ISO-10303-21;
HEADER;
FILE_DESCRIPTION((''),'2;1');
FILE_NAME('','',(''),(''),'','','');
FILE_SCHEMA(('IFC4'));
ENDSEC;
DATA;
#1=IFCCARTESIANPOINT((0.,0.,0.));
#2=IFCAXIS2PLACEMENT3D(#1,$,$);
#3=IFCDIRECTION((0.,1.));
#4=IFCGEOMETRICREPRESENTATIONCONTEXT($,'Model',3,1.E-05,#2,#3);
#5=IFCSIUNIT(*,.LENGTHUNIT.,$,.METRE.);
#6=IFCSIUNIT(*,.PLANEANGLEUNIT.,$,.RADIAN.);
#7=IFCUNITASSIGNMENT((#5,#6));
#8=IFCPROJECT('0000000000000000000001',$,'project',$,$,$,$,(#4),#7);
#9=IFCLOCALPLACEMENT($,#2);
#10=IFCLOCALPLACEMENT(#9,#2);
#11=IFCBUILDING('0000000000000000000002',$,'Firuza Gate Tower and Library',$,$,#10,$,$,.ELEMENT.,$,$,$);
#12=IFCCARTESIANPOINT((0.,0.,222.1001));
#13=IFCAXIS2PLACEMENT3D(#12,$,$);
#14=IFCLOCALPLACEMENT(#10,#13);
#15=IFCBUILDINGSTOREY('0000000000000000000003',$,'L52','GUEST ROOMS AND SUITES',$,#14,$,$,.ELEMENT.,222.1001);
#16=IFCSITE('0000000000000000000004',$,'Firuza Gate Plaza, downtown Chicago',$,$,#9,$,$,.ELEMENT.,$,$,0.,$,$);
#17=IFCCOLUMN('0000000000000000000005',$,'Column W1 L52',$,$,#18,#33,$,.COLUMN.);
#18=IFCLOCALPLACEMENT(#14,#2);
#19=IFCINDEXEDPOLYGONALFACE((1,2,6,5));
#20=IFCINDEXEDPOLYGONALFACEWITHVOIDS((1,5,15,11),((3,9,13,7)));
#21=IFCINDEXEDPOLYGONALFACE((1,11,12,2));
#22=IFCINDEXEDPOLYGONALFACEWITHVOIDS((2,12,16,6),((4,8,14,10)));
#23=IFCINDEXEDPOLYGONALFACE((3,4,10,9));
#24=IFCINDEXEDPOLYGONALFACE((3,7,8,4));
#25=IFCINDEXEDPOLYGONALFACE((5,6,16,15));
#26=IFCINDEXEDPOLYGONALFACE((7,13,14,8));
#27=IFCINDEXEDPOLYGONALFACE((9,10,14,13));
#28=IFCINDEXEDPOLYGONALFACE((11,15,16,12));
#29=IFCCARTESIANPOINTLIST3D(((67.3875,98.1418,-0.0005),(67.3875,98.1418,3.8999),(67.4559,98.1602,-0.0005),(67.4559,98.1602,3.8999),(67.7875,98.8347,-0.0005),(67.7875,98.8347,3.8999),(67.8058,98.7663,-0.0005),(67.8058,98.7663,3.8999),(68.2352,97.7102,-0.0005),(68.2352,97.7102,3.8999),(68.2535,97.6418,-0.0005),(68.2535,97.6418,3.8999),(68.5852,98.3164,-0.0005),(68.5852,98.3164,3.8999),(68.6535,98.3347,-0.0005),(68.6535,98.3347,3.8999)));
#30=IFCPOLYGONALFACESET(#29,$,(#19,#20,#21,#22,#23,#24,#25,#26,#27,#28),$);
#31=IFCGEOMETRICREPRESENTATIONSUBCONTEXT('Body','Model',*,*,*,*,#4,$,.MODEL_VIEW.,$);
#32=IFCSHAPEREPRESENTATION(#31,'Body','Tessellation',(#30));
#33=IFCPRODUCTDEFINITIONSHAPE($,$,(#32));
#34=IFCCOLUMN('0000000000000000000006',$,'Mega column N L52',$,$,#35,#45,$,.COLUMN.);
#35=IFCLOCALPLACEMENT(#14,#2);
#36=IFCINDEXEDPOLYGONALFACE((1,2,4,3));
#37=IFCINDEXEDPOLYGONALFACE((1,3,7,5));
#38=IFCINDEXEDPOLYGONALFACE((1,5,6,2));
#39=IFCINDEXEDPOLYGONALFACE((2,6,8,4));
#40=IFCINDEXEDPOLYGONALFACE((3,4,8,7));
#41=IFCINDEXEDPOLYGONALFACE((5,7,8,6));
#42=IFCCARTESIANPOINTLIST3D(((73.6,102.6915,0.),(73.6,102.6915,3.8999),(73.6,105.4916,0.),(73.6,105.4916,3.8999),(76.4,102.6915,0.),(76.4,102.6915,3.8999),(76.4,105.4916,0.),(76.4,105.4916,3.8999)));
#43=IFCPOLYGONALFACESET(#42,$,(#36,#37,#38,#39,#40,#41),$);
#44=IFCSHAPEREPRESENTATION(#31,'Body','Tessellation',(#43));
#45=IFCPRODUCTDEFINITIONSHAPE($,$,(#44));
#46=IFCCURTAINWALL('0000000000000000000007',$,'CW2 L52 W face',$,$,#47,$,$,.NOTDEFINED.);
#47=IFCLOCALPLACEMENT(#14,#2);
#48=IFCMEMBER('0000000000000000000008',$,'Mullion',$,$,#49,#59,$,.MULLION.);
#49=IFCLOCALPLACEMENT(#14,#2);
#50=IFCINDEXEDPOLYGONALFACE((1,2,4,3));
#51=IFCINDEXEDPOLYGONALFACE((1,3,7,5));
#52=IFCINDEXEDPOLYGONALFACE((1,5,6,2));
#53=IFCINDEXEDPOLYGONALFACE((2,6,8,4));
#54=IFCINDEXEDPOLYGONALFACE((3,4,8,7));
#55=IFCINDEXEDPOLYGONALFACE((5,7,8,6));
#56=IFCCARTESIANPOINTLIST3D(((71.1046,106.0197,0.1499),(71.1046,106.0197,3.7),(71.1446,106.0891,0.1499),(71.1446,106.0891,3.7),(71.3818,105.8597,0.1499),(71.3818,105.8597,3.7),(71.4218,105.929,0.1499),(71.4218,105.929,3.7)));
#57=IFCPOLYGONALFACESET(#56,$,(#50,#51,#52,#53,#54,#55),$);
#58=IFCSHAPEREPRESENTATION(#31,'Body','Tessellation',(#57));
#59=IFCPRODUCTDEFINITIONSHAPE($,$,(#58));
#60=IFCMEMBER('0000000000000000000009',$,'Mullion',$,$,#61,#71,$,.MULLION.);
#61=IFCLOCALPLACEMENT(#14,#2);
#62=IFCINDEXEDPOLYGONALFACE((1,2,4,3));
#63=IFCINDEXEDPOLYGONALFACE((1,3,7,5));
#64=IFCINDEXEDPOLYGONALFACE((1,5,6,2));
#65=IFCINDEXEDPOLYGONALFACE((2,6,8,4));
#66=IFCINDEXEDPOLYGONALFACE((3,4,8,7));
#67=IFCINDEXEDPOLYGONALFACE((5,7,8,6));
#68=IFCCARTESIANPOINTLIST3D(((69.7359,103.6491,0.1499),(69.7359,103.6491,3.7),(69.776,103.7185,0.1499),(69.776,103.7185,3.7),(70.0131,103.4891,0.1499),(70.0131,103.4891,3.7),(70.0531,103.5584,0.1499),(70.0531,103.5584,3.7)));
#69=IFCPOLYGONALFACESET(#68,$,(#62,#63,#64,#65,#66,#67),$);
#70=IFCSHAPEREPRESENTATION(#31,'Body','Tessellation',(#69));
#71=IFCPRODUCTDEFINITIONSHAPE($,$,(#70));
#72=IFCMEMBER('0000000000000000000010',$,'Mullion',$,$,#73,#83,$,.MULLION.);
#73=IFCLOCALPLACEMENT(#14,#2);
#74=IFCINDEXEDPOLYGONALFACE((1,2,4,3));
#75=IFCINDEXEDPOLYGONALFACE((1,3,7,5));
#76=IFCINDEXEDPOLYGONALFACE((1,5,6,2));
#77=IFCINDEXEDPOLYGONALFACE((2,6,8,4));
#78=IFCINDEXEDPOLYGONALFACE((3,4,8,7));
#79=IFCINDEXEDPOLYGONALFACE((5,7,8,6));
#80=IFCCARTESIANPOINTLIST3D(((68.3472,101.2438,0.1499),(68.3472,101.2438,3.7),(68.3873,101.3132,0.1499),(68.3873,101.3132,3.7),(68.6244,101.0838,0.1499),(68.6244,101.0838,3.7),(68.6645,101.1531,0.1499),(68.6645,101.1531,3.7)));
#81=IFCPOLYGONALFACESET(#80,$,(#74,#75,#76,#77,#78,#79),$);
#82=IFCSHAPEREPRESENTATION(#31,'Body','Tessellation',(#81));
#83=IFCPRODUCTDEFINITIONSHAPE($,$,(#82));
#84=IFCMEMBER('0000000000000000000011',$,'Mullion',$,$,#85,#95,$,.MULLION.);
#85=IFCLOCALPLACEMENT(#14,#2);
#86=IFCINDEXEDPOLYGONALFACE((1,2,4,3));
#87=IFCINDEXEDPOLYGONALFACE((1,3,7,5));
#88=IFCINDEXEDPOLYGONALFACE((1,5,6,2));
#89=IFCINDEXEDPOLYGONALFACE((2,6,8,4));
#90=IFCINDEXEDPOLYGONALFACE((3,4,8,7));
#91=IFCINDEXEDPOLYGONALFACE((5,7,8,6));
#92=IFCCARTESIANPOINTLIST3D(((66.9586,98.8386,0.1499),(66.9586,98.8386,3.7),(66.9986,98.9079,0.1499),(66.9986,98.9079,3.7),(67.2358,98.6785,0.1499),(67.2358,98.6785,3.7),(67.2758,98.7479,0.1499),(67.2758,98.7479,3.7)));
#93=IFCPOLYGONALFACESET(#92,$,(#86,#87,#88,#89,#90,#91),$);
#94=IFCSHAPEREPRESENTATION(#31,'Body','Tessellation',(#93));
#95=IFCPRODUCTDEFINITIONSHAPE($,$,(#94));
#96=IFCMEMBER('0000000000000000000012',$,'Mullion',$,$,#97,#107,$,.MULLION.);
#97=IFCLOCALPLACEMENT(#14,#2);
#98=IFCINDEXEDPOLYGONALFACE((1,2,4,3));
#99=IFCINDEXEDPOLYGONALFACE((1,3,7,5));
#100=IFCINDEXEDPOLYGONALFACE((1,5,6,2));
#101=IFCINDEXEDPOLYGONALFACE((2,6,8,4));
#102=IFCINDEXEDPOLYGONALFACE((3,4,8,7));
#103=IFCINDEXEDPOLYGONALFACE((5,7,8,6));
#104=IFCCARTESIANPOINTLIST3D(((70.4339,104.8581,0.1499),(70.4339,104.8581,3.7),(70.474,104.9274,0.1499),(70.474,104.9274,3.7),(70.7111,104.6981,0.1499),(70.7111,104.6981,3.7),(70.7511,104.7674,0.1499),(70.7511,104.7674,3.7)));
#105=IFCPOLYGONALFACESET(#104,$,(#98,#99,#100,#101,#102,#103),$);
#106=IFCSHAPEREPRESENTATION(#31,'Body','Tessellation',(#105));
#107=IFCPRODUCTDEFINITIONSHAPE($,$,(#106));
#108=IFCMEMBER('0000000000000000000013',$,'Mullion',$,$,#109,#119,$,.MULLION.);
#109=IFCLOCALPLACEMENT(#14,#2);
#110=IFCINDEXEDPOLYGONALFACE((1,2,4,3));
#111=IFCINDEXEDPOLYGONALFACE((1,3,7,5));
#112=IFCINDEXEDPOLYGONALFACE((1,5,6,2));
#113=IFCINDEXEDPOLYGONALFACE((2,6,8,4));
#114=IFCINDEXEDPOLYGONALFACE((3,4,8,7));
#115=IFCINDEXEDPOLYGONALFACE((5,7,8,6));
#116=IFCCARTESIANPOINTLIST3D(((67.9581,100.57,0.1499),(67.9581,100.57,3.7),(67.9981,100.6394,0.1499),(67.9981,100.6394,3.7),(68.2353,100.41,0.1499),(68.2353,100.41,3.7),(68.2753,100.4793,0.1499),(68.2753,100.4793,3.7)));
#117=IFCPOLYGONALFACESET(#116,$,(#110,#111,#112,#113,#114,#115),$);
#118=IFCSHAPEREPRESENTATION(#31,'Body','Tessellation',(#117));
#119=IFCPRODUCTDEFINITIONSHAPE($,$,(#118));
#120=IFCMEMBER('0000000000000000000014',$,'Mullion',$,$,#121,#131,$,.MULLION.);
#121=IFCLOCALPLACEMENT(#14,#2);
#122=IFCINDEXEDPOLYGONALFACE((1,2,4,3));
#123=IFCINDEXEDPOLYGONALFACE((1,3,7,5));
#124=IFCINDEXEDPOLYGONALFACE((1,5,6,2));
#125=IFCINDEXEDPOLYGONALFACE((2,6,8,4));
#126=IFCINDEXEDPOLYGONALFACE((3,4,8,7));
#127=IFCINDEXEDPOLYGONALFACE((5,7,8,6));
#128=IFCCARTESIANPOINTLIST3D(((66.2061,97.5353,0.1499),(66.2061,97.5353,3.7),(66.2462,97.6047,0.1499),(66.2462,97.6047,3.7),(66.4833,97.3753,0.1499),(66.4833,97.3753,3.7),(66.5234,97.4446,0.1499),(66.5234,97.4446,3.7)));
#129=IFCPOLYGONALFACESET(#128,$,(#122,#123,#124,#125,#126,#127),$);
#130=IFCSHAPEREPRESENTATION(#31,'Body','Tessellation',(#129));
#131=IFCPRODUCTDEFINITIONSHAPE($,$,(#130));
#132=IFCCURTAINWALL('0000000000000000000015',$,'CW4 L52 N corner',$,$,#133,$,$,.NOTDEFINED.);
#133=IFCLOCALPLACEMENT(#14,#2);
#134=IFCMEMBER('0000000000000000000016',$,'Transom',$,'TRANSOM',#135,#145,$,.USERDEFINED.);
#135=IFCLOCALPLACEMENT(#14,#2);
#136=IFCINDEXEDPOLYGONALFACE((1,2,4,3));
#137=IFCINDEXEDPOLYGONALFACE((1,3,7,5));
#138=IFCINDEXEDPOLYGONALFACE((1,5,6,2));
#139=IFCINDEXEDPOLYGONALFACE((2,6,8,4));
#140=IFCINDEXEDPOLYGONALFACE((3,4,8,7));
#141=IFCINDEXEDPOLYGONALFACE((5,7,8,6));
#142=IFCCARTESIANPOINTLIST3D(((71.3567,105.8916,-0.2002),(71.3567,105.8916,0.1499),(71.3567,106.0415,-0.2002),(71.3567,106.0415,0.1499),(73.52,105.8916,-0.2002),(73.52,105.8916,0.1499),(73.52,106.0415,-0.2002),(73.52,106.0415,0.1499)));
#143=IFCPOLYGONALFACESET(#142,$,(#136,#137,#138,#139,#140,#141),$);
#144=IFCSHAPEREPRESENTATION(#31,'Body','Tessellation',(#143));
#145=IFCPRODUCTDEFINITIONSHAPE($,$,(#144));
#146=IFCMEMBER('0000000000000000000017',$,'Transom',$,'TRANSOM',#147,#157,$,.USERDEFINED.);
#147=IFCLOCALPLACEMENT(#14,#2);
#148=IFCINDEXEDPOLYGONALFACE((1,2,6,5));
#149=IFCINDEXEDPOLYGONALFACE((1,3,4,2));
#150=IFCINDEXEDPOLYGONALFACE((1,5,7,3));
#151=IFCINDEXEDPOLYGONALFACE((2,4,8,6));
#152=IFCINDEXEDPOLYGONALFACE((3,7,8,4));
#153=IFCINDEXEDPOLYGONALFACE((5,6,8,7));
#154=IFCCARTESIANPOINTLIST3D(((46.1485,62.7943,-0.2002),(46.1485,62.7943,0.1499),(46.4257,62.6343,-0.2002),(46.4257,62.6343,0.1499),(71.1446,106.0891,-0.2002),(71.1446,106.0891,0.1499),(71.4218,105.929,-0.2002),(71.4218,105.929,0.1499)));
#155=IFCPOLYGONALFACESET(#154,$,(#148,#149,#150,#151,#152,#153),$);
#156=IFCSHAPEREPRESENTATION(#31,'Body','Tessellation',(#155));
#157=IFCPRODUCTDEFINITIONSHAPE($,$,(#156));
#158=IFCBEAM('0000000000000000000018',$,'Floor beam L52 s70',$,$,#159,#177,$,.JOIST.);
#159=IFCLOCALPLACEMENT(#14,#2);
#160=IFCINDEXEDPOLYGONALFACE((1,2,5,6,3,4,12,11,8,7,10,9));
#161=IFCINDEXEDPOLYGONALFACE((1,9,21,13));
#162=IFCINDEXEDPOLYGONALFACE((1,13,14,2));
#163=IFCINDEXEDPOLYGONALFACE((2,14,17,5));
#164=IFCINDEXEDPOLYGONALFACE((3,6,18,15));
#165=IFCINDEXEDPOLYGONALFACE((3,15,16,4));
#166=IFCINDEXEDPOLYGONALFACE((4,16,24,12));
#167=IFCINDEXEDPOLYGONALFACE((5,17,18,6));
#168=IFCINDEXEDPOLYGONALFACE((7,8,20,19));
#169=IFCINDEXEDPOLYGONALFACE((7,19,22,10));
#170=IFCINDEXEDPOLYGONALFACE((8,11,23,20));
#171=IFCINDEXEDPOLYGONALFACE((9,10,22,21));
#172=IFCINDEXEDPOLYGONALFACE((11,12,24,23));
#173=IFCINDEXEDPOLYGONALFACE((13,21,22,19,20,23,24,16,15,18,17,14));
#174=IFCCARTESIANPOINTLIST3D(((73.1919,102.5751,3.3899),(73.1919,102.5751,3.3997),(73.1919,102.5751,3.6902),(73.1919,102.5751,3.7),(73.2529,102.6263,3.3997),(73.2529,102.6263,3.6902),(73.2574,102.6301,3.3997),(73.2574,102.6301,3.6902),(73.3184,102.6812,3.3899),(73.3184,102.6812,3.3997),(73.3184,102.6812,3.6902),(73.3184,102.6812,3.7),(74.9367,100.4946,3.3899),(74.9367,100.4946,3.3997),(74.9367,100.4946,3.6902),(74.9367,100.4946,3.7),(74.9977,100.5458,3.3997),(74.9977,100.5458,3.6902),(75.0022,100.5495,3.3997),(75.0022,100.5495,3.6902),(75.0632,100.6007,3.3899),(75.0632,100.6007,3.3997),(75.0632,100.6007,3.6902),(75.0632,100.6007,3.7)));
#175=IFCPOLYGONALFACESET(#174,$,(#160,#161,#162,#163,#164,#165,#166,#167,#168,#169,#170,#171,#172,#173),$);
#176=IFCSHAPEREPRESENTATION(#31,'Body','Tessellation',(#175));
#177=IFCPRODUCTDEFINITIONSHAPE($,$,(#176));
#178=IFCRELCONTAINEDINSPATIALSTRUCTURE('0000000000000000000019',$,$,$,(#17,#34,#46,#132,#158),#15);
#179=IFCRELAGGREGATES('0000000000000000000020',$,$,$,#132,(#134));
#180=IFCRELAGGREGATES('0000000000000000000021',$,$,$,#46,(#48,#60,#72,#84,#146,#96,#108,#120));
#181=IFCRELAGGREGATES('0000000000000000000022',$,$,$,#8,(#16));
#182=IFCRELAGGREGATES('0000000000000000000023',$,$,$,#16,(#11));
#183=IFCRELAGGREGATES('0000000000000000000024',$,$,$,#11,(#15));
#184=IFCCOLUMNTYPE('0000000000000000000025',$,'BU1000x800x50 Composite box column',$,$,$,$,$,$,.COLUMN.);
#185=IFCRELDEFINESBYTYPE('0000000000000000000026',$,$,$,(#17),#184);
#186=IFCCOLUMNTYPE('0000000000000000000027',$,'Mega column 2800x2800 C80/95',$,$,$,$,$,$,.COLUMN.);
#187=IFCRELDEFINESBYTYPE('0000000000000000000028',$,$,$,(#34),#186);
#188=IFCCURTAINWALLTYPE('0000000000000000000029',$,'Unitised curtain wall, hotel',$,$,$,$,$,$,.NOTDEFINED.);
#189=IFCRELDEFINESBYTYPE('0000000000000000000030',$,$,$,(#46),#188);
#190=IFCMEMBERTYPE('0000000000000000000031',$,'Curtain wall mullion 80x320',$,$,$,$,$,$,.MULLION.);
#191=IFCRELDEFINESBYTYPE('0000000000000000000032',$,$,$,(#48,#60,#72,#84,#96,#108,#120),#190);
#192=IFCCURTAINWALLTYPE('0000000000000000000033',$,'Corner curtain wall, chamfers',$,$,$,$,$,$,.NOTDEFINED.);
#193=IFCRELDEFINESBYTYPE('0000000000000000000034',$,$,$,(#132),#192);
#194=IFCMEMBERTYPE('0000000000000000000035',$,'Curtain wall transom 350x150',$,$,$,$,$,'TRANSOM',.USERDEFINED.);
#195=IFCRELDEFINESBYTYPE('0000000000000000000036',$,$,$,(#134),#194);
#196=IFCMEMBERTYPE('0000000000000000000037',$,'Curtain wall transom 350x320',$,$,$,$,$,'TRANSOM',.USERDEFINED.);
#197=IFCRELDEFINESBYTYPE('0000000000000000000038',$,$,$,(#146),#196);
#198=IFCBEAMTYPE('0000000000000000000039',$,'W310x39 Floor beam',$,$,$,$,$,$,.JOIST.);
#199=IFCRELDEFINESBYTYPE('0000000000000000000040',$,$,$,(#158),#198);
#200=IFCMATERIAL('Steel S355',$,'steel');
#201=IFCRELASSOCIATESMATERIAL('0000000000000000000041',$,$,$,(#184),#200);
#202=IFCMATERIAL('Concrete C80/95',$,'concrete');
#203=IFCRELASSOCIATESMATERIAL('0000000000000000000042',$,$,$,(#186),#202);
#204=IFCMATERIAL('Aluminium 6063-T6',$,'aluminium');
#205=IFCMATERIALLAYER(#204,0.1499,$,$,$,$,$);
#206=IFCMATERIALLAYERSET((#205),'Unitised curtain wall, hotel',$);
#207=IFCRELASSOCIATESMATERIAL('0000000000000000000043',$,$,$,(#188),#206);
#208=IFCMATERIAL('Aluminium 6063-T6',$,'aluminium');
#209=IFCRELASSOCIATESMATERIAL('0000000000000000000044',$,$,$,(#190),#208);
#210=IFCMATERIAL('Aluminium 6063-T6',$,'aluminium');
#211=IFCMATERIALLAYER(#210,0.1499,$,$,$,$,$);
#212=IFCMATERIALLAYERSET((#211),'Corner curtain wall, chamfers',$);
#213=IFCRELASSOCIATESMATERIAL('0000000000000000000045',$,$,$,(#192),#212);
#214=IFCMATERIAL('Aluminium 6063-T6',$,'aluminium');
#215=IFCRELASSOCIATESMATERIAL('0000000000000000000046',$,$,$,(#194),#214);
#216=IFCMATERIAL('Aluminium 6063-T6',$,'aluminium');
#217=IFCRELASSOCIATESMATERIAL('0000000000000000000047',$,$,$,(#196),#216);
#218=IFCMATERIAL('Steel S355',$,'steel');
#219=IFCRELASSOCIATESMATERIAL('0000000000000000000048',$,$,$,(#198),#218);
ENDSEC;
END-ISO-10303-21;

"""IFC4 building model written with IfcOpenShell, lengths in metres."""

from ifc_helpers import new_model, si_unit, direction, frame, origin, origin_2d, place, context, subcontext, project, spatial, rectangle, hollow_rectangle, i_section, extrude, material, layer, layer_set, material_profile, profile_set, type_object, element, aggregate, save


model = new_model("IFC4")

# Units and contexts
model_context = context("Model", 3, precision=1e-05, world=origin(), true_north=direction((0.0, 1.0)))
body_context = subcontext(model_context, "Body", "Model", "MODEL_VIEW")
ifc_project = project(units=[si_unit("LENGTHUNIT", "METRE"), si_unit("PLANEANGLEUNIT", "RADIAN")], contexts=[model_context])

# Site, building, storey
site_placement = place(None, origin())
site = spatial("IfcSite", under=ifc_project, at=site_placement, Name="Firuza Gate Plaza, downtown Chicago", CompositionType="ELEMENT", RefElevation=0.0)
building_placement = place(site_placement, origin())
building = spatial("IfcBuilding", under=site, at=building_placement, Name="Firuza Gate Tower and Library", CompositionType="ELEMENT")
storey_placement = place(building_placement, frame((0.0, 0.0, 222.1001)))
storey = spatial("IfcBuildingStorey", under=building, at=storey_placement, Name="L52", Description="GUEST ROOMS AND SUITES", CompositionType="ELEMENT", Elevation=222.1001)

# Columns
ifc_material_1 = material(Name="Steel S355", Category="steel")
ifc_material_profile_1 = material_profile(ifc_material_1, hollow_rectangle(XDim=0.8, YDim=1.0, WallThickness=0.05, at=origin_2d()))
ifc_profile_set_1 = profile_set([ifc_material_profile_1], Name="Steel S355")
column_type_1 = type_object("IfcColumnType", Name="BU1000x800x50 Composite box column", PredefinedType="COLUMN", material=ifc_profile_set_1)
column_1_placement = place(storey_placement, frame((68.0205, 98.2383, -0.0005), z_axis=(0.0, 0.0, 1.0), x_axis=(-0.5, -0.866025, 0.0)))
element("IfcColumn", 1, at=column_1_placement, inside=storey, type_object=column_type_1, Name="Column W1 L52", PredefinedType="COLUMN", context=body_context, shape_type="SweptSolid", body=[
    extrude(hollow_rectangle(XDim=0.8, YDim=1.0, WallThickness=0.05, at=origin_2d()), origin(), (0.0, 0.0, 1.0), 3.9004),
])
ifc_material_2 = material(Name="Concrete C80/95", Category="concrete")
ifc_material_profile_2 = material_profile(ifc_material_2, rectangle(XDim=2.8, YDim=2.8, at=origin_2d()))
ifc_profile_set_2 = profile_set([ifc_material_profile_2], Name="Concrete C80/95")
column_type_2 = type_object("IfcColumnType", Name="Mega column 2800x2800 C80/95", PredefinedType="COLUMN", material=ifc_profile_set_2)
column_2_placement = place(storey_placement, frame((75.0, 104.0916, 0.0), z_axis=(0.0, 0.0, 1.0), x_axis=(-1.0, 0.0, 0.0)))
element("IfcColumn", 2, at=column_2_placement, inside=storey, type_object=column_type_2, Name="Mega column N L52", PredefinedType="COLUMN", context=body_context, shape_type="SweptSolid", body=[
    extrude(rectangle(XDim=2.8, YDim=2.8, at=origin_2d()), origin(), (0.0, 0.0, 1.0), 3.8999),
])

# Curtain wall, members
ifc_material_3 = material(Name="Aluminium 6063-T6", Category="aluminium")
ifc_layer_1 = layer(ifc_material_3, 0.1499)
ifc_layer_set_1 = layer_set([ifc_layer_1], Name="Unitised curtain wall, hotel")
curtain_wall_type_1 = type_object("IfcCurtainWallType", Name="Unitised curtain wall, hotel", PredefinedType="NOTDEFINED", material=ifc_layer_set_1)
placement = place(storey_placement, origin())
curtain_wall_1 = element("IfcCurtainWall", 3, at=placement, inside=storey, type_object=curtain_wall_type_1, Name="CW2 L52 W face", PredefinedType="NOTDEFINED")
ifc_material_4 = material(Name="Aluminium 6063-T6", Category="aluminium")
ifc_material_profile_3 = material_profile(ifc_material_4, rectangle(XDim=0.3201, YDim=0.0801, at=origin_2d()))
ifc_profile_set_3 = profile_set([ifc_material_profile_3], Name="Aluminium 6063-T6")
member_type_1 = type_object("IfcMemberType", Name="Curtain wall mullion 80x320", PredefinedType="MULLION", material=ifc_profile_set_3)
member_1_placement = place(storey_placement, frame((71.2632, 105.9744, 0.1499), z_axis=(0.0, 0.0, 1.0), x_axis=(0.866025, -0.5, 0.0)))
member_1 = element("IfcMember", 4, at=member_1_placement, type_object=member_type_1, Name="Mullion", PredefinedType="MULLION", context=body_context, shape_type="SweptSolid", body=[
    extrude(rectangle(XDim=0.3201, YDim=0.0801, at=origin_2d()), origin(), (0.0, 0.0, 1.0), 3.55),
])
member_2_placement = place(storey_placement, frame((69.8945, 103.6038, 0.1499), z_axis=(0.0, 0.0, 1.0), x_axis=(0.866025, -0.5, 0.0)))
member_2 = element("IfcMember", 5, at=member_2_placement, type_object=member_type_1, Name="Mullion", PredefinedType="MULLION", context=body_context, shape_type="SweptSolid", body=[
    extrude(rectangle(XDim=0.3201, YDim=0.0801, at=origin_2d()), origin(), (0.0, 0.0, 1.0), 3.55),
])
member_3_placement = place(storey_placement, frame((68.5059, 101.1985, 0.1499), z_axis=(0.0, 0.0, 1.0), x_axis=(0.866025, -0.5, 0.0)))
member_3 = element("IfcMember", 6, at=member_3_placement, type_object=member_type_1, Name="Mullion", PredefinedType="MULLION", context=body_context, shape_type="SweptSolid", body=[
    extrude(rectangle(XDim=0.3201, YDim=0.0801, at=origin_2d()), origin(), (0.0, 0.0, 1.0), 3.55),
])
member_4_placement = place(storey_placement, frame((67.1172, 98.7932, 0.1499), z_axis=(0.0, 0.0, 1.0), x_axis=(0.866025, -0.5, 0.0)))
member_4 = element("IfcMember", 7, at=member_4_placement, type_object=member_type_1, Name="Mullion", PredefinedType="MULLION", context=body_context, shape_type="SweptSolid", body=[
    extrude(rectangle(XDim=0.3201, YDim=0.0801, at=origin_2d()), origin(), (0.0, 0.0, 1.0), 3.55),
])
member_5_placement = place(storey_placement, frame((70.5925, 104.8127, 0.1499), z_axis=(0.0, 0.0, 1.0), x_axis=(0.866025, -0.5, 0.0)))
member_5 = element("IfcMember", 8, at=member_5_placement, type_object=member_type_1, Name="Mullion", PredefinedType="MULLION", context=body_context, shape_type="SweptSolid", body=[
    extrude(rectangle(XDim=0.3201, YDim=0.0801, at=origin_2d()), origin(), (0.0, 0.0, 1.0), 3.55),
])
member_6_placement = place(storey_placement, frame((68.1167, 100.5247, 0.1499), z_axis=(0.0, 0.0, 1.0), x_axis=(0.866025, -0.5, 0.0)))
member_6 = element("IfcMember", 9, at=member_6_placement, type_object=member_type_1, Name="Mullion", PredefinedType="MULLION", context=body_context, shape_type="SweptSolid", body=[
    extrude(rectangle(XDim=0.3201, YDim=0.0801, at=origin_2d()), origin(), (0.0, 0.0, 1.0), 3.55),
])
member_7_placement = place(storey_placement, frame((66.3647, 97.49, 0.1499), z_axis=(0.0, 0.0, 1.0), x_axis=(0.866025, -0.5, 0.0)))
member_7 = element("IfcMember", 10, at=member_7_placement, type_object=member_type_1, Name="Mullion", PredefinedType="MULLION", context=body_context, shape_type="SweptSolid", body=[
    extrude(rectangle(XDim=0.3201, YDim=0.0801, at=origin_2d()), origin(), (0.0, 0.0, 1.0), 3.55),
])

# Curtain wall, member
ifc_material_5 = material(Name="Aluminium 6063-T6", Category="aluminium")
ifc_layer_2 = layer(ifc_material_5, 0.1499)
ifc_layer_set_2 = layer_set([ifc_layer_2], Name="Corner curtain wall, chamfers")
curtain_wall_type_2 = type_object("IfcCurtainWallType", Name="Corner curtain wall, chamfers", PredefinedType="NOTDEFINED", material=ifc_layer_set_2)
curtain_wall_2 = element("IfcCurtainWall", 11, at=placement, inside=storey, type_object=curtain_wall_type_2, Name="CW4 L52 N corner", PredefinedType="NOTDEFINED")
ifc_material_6 = material(Name="Aluminium 6063-T6", Category="aluminium")
ifc_material_profile_4 = material_profile(ifc_material_6, rectangle(XDim=0.1499, YDim=0.3501, at=origin_2d()))
ifc_profile_set_4 = profile_set([ifc_material_profile_4], Name="Aluminium 6063-T6")
member_type_2 = type_object("IfcMemberType", Name="Curtain wall transom 350x150", ElementType="TRANSOM", PredefinedType="USERDEFINED", material=ifc_profile_set_4)
member_8_placement = place(storey_placement, frame((73.52, 105.9666, -0.0251), z_axis=(-1.0, 0.0, 0.0), x_axis=(0.0, -1.0, 0.0)))
member_8 = element("IfcMember", 12, at=member_8_placement, type_object=member_type_2, Name="Transom", ObjectType="TRANSOM", PredefinedType="USERDEFINED", context=body_context, shape_type="SweptSolid", body=[
    extrude(rectangle(XDim=0.1499, YDim=0.3501, at=origin_2d()), origin(), (0.0, 0.0, 1.0), 2.1633),
])

# Member
ifc_material_7 = material(Name="Aluminium 6063-T6", Category="aluminium")
ifc_material_profile_5 = material_profile(ifc_material_7, rectangle(XDim=0.3201, YDim=0.3501, at=origin_2d()))
ifc_profile_set_5 = profile_set([ifc_material_profile_5], Name="Aluminium 6063-T6")
member_type_3 = type_object("IfcMemberType", Name="Curtain wall transom 350x320", ElementType="TRANSOM", PredefinedType="USERDEFINED", material=ifc_profile_set_5)
member_9_placement = place(storey_placement, frame((71.2832, 106.009, -0.0251), z_axis=(-0.499998, -0.866026, 0.0), x_axis=(0.866026, -0.499998, 0.0)))
member_9 = element("IfcMember", 13, at=member_9_placement, type_object=member_type_3, Name="Transom", ObjectType="TRANSOM", PredefinedType="USERDEFINED", context=body_context, shape_type="SweptSolid", body=[
    extrude(rectangle(XDim=0.3201, YDim=0.3501, at=origin_2d()), origin(), (0.0, 0.0, 1.0), 49.9924),
])

# Beam
ifc_material_8 = material(Name="Steel S355", Category="steel")
ifc_material_profile_6 = material_profile(ifc_material_8, i_section(OverallWidth=0.165, OverallDepth=0.3101, WebThickness=0.0059, FlangeThickness=0.0098, at=origin_2d()))
ifc_profile_set_6 = profile_set([ifc_material_profile_6], Name="Steel S355")
beam_type_1 = type_object("IfcBeamType", Name="W310x39 Floor beam", PredefinedType="JOIST", material=ifc_profile_set_6)
beam_1_placement = place(storey_placement, frame((73.2551, 102.6282, 3.5449), z_axis=(0.642587, -0.766213, 0.0), x_axis=(0.766213, 0.642587, 0.0)))
element("IfcBeam", 14, at=beam_1_placement, inside=storey, type_object=beam_type_1, Name="Floor beam L52 s70", PredefinedType="JOIST", context=body_context, shape_type="SweptSolid", body=[
    extrude(i_section(OverallWidth=0.165, OverallDepth=0.3101, WebThickness=0.0059, FlangeThickness=0.0098, at=origin_2d()), origin(), (0.0, 0.0, 1.0), 2.7153),
])

aggregate(curtain_wall_2, [member_8])
aggregate(curtain_wall_1, [member_1, member_2, member_3, member_4, member_9, member_5, member_6, member_7])

save(model, "model.ifc")
